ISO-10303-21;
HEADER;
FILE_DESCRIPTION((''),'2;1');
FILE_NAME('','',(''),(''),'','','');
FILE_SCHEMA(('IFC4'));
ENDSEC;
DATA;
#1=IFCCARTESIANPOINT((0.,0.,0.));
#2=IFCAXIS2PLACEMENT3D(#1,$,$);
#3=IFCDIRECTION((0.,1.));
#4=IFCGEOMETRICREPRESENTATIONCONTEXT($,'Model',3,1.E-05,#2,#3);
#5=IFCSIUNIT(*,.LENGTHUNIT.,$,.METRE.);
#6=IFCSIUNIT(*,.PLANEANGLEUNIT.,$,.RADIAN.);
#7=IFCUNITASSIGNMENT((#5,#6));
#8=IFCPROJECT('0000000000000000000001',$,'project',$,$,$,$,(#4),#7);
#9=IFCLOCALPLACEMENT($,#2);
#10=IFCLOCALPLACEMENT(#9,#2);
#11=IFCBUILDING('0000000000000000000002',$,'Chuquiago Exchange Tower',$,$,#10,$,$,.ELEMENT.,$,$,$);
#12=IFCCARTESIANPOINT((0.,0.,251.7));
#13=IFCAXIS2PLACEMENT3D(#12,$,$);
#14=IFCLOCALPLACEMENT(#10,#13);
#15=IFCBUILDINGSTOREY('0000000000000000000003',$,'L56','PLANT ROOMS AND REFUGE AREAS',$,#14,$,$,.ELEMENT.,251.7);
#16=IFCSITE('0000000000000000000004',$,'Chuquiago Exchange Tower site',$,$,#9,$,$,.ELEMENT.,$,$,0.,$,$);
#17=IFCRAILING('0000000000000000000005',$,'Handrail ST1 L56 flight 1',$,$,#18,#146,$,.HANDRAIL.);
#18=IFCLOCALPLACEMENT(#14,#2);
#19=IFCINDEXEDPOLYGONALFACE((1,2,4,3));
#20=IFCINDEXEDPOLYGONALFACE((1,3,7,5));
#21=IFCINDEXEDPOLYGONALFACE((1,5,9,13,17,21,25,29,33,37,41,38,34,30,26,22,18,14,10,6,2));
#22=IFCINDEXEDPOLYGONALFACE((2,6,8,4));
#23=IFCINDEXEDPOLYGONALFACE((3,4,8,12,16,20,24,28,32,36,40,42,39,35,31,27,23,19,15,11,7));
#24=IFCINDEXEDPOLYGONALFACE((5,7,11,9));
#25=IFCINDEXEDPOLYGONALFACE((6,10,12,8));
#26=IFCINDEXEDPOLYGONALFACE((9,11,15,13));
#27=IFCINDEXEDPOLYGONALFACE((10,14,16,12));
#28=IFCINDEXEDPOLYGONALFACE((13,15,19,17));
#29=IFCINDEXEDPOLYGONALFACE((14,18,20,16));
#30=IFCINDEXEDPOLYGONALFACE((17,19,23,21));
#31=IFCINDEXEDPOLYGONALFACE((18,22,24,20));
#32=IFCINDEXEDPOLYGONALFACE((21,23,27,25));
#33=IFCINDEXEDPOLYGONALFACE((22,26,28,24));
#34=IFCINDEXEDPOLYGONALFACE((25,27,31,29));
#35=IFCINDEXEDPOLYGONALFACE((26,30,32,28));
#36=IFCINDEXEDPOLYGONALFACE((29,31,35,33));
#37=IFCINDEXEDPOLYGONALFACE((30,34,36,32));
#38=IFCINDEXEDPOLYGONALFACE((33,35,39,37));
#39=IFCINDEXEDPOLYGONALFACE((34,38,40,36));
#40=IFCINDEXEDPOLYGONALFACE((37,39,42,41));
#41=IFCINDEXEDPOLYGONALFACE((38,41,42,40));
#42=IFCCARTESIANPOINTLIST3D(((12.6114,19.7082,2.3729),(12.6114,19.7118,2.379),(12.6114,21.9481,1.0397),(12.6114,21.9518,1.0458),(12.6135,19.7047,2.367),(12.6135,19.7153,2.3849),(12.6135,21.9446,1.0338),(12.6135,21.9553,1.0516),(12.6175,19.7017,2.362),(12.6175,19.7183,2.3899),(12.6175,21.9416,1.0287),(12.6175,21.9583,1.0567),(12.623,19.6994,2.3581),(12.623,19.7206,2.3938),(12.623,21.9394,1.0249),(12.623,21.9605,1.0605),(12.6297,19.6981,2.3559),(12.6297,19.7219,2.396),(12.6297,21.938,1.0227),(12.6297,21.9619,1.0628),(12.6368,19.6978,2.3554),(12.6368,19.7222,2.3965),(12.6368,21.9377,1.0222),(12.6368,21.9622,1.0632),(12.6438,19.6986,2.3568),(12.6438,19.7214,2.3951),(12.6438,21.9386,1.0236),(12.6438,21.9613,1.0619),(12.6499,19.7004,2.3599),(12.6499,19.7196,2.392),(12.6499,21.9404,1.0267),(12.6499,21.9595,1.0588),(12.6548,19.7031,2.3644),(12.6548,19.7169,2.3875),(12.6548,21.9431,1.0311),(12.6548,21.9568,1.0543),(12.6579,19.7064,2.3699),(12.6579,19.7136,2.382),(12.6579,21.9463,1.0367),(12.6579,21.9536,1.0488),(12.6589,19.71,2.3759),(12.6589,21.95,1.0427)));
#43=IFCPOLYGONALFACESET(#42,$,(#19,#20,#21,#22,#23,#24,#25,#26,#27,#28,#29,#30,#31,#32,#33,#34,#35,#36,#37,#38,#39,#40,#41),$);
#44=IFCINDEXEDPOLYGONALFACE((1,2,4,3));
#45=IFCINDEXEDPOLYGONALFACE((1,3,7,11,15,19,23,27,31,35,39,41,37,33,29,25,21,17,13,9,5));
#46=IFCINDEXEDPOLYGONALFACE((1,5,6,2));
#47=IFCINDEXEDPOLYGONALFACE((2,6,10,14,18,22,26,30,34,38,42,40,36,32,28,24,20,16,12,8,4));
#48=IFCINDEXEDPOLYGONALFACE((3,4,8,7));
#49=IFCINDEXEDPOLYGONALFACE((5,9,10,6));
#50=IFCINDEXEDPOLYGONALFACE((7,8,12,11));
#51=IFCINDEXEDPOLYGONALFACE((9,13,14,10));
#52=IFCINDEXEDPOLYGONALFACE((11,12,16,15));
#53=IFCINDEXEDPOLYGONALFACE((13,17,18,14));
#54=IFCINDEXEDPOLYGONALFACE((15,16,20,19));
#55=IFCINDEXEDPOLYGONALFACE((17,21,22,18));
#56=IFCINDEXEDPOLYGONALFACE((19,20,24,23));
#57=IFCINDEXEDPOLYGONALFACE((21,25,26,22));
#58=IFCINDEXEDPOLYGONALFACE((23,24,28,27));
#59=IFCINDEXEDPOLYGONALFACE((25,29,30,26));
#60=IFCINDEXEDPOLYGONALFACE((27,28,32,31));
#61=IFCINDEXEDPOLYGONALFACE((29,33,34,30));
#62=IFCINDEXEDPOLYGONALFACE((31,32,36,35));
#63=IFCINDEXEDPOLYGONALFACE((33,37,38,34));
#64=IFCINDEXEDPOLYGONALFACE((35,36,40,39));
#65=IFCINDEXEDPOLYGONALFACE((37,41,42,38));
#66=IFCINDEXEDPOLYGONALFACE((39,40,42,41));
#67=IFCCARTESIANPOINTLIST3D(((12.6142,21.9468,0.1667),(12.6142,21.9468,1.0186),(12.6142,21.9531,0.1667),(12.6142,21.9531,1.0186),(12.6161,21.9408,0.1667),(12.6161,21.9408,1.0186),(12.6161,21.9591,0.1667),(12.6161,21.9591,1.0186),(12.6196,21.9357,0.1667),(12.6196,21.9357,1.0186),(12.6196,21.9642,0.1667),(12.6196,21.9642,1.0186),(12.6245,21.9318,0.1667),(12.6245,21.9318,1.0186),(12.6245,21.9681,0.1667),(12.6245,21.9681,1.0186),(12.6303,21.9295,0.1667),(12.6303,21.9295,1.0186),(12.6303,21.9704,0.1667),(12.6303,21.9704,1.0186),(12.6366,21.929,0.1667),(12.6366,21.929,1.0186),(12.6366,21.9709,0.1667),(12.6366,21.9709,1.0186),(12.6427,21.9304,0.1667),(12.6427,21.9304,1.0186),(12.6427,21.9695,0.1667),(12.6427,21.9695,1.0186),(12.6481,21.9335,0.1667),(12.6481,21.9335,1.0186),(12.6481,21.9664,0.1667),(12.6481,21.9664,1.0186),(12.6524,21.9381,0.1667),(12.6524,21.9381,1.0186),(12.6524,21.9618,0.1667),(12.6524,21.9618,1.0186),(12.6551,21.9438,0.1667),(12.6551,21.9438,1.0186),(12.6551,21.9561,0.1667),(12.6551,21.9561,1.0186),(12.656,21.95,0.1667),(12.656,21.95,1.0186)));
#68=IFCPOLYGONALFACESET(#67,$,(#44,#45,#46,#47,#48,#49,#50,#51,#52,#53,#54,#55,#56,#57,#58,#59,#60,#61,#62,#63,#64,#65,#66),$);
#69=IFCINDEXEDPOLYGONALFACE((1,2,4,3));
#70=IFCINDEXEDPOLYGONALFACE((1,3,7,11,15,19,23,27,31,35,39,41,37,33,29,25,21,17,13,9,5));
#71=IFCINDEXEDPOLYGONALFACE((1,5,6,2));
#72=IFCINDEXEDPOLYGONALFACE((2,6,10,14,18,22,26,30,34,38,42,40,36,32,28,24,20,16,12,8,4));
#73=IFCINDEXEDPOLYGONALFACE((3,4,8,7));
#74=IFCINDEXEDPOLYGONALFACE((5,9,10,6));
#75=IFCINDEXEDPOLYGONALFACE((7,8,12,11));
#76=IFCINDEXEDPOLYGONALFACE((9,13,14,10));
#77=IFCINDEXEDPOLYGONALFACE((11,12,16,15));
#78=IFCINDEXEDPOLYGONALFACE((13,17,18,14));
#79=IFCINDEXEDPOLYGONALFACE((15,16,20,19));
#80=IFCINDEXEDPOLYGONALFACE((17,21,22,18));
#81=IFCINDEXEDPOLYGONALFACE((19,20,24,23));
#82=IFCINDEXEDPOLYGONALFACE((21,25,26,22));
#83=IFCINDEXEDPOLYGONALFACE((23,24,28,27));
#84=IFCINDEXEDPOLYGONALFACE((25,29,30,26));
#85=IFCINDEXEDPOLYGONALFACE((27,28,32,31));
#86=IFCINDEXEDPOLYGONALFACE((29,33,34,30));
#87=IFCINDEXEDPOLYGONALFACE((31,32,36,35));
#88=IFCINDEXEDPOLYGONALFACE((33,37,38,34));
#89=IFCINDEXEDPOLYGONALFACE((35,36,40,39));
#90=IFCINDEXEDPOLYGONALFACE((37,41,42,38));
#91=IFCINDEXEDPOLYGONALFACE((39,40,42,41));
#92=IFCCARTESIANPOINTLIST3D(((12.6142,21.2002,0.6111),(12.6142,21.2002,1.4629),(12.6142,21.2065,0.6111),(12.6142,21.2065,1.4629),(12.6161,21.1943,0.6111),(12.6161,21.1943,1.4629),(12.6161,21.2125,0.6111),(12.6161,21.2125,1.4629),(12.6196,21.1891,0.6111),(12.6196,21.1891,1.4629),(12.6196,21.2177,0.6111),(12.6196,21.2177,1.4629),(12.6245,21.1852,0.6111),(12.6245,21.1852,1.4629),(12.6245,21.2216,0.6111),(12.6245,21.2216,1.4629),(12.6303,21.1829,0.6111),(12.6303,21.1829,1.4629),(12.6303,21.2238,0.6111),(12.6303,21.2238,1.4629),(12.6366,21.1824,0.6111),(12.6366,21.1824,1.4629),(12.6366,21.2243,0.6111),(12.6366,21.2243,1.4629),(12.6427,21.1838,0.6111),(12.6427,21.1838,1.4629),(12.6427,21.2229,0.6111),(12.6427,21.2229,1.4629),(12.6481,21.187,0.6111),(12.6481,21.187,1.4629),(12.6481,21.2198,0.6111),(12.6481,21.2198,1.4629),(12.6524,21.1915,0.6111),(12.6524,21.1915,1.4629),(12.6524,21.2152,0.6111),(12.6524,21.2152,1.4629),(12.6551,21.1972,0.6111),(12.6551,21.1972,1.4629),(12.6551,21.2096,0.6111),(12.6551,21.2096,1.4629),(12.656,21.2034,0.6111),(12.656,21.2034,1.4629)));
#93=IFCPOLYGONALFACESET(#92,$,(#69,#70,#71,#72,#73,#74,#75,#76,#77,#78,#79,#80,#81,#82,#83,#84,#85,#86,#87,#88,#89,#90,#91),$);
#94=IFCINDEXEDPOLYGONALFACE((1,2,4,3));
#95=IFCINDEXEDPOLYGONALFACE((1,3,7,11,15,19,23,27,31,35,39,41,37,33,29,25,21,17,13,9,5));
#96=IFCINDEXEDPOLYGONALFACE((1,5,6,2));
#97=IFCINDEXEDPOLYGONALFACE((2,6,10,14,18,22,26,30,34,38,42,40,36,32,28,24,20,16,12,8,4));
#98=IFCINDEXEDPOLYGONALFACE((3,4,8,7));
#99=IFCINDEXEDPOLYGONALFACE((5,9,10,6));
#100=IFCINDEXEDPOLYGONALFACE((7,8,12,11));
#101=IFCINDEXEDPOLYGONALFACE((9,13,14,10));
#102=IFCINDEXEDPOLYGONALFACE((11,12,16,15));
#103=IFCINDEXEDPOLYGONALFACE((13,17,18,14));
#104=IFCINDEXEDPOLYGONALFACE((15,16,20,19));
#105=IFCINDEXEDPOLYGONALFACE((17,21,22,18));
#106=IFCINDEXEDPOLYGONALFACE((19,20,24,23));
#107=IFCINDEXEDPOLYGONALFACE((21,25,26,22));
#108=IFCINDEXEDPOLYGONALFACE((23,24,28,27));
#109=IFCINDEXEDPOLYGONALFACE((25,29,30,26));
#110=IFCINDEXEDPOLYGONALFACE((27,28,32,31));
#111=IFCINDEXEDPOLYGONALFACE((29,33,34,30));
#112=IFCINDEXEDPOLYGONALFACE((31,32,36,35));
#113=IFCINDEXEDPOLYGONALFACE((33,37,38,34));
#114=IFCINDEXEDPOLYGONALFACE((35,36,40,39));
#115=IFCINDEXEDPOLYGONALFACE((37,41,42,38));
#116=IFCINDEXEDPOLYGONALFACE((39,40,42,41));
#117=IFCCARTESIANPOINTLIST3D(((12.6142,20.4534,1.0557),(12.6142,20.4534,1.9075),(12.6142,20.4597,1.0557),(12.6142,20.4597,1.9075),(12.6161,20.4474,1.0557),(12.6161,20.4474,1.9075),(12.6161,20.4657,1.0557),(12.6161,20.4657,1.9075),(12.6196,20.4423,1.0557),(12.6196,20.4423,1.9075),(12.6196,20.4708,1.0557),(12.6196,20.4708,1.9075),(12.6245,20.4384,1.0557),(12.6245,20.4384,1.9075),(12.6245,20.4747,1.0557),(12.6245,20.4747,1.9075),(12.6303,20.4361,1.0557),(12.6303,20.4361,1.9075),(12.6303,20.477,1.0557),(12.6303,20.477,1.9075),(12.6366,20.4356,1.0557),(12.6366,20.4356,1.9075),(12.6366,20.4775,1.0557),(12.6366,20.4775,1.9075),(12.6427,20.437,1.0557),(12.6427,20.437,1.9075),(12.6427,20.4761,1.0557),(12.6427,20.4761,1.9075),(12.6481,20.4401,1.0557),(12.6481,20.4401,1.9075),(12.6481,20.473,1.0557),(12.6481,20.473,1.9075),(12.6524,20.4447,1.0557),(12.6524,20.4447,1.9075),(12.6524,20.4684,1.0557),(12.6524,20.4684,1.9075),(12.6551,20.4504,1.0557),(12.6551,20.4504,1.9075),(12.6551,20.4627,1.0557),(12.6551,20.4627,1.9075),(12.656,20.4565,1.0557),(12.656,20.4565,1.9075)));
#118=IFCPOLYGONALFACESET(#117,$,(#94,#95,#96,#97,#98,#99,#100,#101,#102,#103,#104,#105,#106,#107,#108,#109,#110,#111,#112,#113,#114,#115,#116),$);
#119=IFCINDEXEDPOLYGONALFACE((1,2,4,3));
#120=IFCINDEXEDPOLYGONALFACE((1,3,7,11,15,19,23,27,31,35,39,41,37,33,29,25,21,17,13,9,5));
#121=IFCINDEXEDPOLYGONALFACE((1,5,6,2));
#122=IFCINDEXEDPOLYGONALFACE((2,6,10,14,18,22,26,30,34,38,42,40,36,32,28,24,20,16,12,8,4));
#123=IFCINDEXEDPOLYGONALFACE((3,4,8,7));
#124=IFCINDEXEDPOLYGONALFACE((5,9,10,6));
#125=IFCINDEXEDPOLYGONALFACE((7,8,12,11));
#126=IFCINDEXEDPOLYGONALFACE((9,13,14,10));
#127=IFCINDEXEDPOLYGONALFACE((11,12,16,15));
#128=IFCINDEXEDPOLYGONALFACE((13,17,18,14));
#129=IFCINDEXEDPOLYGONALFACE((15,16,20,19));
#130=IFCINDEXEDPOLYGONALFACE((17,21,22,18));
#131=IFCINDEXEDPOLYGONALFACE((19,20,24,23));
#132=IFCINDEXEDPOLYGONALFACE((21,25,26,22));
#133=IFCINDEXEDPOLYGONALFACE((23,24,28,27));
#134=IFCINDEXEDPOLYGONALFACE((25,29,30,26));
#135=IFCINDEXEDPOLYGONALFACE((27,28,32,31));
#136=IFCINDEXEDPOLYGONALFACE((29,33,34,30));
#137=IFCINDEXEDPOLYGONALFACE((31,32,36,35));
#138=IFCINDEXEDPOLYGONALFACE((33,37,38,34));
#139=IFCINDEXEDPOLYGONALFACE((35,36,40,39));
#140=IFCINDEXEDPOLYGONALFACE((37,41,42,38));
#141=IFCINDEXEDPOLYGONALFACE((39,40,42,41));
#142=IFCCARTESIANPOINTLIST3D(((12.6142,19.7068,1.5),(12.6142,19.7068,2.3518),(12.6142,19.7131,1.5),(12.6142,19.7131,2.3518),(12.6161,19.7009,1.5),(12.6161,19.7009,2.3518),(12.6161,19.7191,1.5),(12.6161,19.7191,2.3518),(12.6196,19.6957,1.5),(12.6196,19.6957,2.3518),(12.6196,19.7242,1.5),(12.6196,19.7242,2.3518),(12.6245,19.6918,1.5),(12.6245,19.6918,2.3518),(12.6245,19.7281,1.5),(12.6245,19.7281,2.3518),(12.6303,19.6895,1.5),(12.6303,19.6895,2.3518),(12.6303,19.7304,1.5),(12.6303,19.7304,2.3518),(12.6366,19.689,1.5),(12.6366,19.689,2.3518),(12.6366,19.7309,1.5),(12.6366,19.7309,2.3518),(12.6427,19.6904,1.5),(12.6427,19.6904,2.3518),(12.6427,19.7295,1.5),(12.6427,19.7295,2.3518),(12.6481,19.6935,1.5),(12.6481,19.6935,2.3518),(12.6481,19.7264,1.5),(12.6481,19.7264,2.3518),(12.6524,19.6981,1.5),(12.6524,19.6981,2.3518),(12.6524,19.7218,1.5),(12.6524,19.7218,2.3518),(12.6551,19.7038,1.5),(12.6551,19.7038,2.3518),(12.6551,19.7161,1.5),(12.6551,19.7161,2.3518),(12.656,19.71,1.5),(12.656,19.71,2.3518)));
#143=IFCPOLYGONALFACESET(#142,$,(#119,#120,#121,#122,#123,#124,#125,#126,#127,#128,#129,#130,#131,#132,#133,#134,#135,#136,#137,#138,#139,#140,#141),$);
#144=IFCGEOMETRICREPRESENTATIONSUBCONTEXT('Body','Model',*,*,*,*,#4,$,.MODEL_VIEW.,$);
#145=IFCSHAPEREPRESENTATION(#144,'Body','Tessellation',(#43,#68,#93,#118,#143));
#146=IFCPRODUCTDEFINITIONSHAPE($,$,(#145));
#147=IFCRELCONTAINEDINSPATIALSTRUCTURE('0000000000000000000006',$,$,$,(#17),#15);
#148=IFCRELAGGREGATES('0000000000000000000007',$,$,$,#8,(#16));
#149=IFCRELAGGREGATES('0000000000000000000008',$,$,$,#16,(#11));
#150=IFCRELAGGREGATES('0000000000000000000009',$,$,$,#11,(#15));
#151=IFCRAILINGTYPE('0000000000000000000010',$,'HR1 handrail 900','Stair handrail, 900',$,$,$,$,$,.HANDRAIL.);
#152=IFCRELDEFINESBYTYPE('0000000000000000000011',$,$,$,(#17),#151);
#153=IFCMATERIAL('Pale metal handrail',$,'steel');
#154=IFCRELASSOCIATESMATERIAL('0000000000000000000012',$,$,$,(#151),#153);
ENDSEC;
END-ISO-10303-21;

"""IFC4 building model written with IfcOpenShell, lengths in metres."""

from ifc_helpers import new_model, si_unit, direction, frame, origin, origin_2d, place, context, subcontext, project, spatial, circle, extrude, material, type_object, element, save


model = new_model("IFC4")

# Units and contexts
model_context = context("Model", 3, precision=1e-05, world=origin(), true_north=direction((0.0, 1.0)))
body_context = subcontext(model_context, "Body", "Model", "MODEL_VIEW")
ifc_project = project(units=[si_unit("LENGTHUNIT", "METRE"), si_unit("PLANEANGLEUNIT", "RADIAN")], contexts=[model_context])

# Site, building, storey
site_placement = place(None, origin())
site = spatial("IfcSite", under=ifc_project, at=site_placement, Name="Chuquiago Exchange Tower site", CompositionType="ELEMENT", RefElevation=0.0)
building_placement = place(site_placement, origin())
building = spatial("IfcBuilding", under=site, at=building_placement, Name="Chuquiago Exchange Tower", CompositionType="ELEMENT")
storey_placement = place(building_placement, frame((0.0, 0.0, 251.7)))
storey = spatial("IfcBuildingStorey", under=building, at=storey_placement, Name="L56", Description="PLANT ROOMS AND REFUGE AREAS", CompositionType="ELEMENT", Elevation=251.7)

# Railing
ifc_material_1 = material(Name="Pale metal handrail", Category="steel")
railing_type_1 = type_object("IfcRailingType", Name="HR1 handrail 900", Description="Stair handrail, 900", PredefinedType="HANDRAIL", material=ifc_material_1)
for number, where, name in (
    (1, (12.635, 21.95, 0.1667), "Handrail ST1 L56 flight 1"),
):
    element("IfcRailing", number, at=place(storey_placement, frame(where)), inside=storey, type_object=railing_type_1, Name=name, PredefinedType="HANDRAIL", context=body_context, shape_type="SweptSolid", body=[
        extrude(circle(Radius=0.0239, at=origin_2d()), frame((0.0, 0.0, 0.876), z_axis=(0.0, -0.859306, 0.511462), x_axis=(1.0, 0.0, 0.0)), (0.0, 0.0, 1.0), 2.6067),
        extrude(circle(Radius=0.021, at=origin_2d()), origin(), (0.0, 0.0, 1.0), 0.8518),
        extrude(circle(Radius=0.021, at=origin_2d()), frame((0.0, -0.7466, 0.4443)), (0.0, 0.0, 1.0), 0.8518),
        extrude(circle(Radius=0.021, at=origin_2d()), frame((0.0, -1.4934, 0.8889)), (0.0, 0.0, 1.0), 0.8518),
        extrude(circle(Radius=0.021, at=origin_2d()), frame((0.0, -2.24, 1.3333)), (0.0, 0.0, 1.0), 0.8518),
    ])

save(model, "model.ifc")
